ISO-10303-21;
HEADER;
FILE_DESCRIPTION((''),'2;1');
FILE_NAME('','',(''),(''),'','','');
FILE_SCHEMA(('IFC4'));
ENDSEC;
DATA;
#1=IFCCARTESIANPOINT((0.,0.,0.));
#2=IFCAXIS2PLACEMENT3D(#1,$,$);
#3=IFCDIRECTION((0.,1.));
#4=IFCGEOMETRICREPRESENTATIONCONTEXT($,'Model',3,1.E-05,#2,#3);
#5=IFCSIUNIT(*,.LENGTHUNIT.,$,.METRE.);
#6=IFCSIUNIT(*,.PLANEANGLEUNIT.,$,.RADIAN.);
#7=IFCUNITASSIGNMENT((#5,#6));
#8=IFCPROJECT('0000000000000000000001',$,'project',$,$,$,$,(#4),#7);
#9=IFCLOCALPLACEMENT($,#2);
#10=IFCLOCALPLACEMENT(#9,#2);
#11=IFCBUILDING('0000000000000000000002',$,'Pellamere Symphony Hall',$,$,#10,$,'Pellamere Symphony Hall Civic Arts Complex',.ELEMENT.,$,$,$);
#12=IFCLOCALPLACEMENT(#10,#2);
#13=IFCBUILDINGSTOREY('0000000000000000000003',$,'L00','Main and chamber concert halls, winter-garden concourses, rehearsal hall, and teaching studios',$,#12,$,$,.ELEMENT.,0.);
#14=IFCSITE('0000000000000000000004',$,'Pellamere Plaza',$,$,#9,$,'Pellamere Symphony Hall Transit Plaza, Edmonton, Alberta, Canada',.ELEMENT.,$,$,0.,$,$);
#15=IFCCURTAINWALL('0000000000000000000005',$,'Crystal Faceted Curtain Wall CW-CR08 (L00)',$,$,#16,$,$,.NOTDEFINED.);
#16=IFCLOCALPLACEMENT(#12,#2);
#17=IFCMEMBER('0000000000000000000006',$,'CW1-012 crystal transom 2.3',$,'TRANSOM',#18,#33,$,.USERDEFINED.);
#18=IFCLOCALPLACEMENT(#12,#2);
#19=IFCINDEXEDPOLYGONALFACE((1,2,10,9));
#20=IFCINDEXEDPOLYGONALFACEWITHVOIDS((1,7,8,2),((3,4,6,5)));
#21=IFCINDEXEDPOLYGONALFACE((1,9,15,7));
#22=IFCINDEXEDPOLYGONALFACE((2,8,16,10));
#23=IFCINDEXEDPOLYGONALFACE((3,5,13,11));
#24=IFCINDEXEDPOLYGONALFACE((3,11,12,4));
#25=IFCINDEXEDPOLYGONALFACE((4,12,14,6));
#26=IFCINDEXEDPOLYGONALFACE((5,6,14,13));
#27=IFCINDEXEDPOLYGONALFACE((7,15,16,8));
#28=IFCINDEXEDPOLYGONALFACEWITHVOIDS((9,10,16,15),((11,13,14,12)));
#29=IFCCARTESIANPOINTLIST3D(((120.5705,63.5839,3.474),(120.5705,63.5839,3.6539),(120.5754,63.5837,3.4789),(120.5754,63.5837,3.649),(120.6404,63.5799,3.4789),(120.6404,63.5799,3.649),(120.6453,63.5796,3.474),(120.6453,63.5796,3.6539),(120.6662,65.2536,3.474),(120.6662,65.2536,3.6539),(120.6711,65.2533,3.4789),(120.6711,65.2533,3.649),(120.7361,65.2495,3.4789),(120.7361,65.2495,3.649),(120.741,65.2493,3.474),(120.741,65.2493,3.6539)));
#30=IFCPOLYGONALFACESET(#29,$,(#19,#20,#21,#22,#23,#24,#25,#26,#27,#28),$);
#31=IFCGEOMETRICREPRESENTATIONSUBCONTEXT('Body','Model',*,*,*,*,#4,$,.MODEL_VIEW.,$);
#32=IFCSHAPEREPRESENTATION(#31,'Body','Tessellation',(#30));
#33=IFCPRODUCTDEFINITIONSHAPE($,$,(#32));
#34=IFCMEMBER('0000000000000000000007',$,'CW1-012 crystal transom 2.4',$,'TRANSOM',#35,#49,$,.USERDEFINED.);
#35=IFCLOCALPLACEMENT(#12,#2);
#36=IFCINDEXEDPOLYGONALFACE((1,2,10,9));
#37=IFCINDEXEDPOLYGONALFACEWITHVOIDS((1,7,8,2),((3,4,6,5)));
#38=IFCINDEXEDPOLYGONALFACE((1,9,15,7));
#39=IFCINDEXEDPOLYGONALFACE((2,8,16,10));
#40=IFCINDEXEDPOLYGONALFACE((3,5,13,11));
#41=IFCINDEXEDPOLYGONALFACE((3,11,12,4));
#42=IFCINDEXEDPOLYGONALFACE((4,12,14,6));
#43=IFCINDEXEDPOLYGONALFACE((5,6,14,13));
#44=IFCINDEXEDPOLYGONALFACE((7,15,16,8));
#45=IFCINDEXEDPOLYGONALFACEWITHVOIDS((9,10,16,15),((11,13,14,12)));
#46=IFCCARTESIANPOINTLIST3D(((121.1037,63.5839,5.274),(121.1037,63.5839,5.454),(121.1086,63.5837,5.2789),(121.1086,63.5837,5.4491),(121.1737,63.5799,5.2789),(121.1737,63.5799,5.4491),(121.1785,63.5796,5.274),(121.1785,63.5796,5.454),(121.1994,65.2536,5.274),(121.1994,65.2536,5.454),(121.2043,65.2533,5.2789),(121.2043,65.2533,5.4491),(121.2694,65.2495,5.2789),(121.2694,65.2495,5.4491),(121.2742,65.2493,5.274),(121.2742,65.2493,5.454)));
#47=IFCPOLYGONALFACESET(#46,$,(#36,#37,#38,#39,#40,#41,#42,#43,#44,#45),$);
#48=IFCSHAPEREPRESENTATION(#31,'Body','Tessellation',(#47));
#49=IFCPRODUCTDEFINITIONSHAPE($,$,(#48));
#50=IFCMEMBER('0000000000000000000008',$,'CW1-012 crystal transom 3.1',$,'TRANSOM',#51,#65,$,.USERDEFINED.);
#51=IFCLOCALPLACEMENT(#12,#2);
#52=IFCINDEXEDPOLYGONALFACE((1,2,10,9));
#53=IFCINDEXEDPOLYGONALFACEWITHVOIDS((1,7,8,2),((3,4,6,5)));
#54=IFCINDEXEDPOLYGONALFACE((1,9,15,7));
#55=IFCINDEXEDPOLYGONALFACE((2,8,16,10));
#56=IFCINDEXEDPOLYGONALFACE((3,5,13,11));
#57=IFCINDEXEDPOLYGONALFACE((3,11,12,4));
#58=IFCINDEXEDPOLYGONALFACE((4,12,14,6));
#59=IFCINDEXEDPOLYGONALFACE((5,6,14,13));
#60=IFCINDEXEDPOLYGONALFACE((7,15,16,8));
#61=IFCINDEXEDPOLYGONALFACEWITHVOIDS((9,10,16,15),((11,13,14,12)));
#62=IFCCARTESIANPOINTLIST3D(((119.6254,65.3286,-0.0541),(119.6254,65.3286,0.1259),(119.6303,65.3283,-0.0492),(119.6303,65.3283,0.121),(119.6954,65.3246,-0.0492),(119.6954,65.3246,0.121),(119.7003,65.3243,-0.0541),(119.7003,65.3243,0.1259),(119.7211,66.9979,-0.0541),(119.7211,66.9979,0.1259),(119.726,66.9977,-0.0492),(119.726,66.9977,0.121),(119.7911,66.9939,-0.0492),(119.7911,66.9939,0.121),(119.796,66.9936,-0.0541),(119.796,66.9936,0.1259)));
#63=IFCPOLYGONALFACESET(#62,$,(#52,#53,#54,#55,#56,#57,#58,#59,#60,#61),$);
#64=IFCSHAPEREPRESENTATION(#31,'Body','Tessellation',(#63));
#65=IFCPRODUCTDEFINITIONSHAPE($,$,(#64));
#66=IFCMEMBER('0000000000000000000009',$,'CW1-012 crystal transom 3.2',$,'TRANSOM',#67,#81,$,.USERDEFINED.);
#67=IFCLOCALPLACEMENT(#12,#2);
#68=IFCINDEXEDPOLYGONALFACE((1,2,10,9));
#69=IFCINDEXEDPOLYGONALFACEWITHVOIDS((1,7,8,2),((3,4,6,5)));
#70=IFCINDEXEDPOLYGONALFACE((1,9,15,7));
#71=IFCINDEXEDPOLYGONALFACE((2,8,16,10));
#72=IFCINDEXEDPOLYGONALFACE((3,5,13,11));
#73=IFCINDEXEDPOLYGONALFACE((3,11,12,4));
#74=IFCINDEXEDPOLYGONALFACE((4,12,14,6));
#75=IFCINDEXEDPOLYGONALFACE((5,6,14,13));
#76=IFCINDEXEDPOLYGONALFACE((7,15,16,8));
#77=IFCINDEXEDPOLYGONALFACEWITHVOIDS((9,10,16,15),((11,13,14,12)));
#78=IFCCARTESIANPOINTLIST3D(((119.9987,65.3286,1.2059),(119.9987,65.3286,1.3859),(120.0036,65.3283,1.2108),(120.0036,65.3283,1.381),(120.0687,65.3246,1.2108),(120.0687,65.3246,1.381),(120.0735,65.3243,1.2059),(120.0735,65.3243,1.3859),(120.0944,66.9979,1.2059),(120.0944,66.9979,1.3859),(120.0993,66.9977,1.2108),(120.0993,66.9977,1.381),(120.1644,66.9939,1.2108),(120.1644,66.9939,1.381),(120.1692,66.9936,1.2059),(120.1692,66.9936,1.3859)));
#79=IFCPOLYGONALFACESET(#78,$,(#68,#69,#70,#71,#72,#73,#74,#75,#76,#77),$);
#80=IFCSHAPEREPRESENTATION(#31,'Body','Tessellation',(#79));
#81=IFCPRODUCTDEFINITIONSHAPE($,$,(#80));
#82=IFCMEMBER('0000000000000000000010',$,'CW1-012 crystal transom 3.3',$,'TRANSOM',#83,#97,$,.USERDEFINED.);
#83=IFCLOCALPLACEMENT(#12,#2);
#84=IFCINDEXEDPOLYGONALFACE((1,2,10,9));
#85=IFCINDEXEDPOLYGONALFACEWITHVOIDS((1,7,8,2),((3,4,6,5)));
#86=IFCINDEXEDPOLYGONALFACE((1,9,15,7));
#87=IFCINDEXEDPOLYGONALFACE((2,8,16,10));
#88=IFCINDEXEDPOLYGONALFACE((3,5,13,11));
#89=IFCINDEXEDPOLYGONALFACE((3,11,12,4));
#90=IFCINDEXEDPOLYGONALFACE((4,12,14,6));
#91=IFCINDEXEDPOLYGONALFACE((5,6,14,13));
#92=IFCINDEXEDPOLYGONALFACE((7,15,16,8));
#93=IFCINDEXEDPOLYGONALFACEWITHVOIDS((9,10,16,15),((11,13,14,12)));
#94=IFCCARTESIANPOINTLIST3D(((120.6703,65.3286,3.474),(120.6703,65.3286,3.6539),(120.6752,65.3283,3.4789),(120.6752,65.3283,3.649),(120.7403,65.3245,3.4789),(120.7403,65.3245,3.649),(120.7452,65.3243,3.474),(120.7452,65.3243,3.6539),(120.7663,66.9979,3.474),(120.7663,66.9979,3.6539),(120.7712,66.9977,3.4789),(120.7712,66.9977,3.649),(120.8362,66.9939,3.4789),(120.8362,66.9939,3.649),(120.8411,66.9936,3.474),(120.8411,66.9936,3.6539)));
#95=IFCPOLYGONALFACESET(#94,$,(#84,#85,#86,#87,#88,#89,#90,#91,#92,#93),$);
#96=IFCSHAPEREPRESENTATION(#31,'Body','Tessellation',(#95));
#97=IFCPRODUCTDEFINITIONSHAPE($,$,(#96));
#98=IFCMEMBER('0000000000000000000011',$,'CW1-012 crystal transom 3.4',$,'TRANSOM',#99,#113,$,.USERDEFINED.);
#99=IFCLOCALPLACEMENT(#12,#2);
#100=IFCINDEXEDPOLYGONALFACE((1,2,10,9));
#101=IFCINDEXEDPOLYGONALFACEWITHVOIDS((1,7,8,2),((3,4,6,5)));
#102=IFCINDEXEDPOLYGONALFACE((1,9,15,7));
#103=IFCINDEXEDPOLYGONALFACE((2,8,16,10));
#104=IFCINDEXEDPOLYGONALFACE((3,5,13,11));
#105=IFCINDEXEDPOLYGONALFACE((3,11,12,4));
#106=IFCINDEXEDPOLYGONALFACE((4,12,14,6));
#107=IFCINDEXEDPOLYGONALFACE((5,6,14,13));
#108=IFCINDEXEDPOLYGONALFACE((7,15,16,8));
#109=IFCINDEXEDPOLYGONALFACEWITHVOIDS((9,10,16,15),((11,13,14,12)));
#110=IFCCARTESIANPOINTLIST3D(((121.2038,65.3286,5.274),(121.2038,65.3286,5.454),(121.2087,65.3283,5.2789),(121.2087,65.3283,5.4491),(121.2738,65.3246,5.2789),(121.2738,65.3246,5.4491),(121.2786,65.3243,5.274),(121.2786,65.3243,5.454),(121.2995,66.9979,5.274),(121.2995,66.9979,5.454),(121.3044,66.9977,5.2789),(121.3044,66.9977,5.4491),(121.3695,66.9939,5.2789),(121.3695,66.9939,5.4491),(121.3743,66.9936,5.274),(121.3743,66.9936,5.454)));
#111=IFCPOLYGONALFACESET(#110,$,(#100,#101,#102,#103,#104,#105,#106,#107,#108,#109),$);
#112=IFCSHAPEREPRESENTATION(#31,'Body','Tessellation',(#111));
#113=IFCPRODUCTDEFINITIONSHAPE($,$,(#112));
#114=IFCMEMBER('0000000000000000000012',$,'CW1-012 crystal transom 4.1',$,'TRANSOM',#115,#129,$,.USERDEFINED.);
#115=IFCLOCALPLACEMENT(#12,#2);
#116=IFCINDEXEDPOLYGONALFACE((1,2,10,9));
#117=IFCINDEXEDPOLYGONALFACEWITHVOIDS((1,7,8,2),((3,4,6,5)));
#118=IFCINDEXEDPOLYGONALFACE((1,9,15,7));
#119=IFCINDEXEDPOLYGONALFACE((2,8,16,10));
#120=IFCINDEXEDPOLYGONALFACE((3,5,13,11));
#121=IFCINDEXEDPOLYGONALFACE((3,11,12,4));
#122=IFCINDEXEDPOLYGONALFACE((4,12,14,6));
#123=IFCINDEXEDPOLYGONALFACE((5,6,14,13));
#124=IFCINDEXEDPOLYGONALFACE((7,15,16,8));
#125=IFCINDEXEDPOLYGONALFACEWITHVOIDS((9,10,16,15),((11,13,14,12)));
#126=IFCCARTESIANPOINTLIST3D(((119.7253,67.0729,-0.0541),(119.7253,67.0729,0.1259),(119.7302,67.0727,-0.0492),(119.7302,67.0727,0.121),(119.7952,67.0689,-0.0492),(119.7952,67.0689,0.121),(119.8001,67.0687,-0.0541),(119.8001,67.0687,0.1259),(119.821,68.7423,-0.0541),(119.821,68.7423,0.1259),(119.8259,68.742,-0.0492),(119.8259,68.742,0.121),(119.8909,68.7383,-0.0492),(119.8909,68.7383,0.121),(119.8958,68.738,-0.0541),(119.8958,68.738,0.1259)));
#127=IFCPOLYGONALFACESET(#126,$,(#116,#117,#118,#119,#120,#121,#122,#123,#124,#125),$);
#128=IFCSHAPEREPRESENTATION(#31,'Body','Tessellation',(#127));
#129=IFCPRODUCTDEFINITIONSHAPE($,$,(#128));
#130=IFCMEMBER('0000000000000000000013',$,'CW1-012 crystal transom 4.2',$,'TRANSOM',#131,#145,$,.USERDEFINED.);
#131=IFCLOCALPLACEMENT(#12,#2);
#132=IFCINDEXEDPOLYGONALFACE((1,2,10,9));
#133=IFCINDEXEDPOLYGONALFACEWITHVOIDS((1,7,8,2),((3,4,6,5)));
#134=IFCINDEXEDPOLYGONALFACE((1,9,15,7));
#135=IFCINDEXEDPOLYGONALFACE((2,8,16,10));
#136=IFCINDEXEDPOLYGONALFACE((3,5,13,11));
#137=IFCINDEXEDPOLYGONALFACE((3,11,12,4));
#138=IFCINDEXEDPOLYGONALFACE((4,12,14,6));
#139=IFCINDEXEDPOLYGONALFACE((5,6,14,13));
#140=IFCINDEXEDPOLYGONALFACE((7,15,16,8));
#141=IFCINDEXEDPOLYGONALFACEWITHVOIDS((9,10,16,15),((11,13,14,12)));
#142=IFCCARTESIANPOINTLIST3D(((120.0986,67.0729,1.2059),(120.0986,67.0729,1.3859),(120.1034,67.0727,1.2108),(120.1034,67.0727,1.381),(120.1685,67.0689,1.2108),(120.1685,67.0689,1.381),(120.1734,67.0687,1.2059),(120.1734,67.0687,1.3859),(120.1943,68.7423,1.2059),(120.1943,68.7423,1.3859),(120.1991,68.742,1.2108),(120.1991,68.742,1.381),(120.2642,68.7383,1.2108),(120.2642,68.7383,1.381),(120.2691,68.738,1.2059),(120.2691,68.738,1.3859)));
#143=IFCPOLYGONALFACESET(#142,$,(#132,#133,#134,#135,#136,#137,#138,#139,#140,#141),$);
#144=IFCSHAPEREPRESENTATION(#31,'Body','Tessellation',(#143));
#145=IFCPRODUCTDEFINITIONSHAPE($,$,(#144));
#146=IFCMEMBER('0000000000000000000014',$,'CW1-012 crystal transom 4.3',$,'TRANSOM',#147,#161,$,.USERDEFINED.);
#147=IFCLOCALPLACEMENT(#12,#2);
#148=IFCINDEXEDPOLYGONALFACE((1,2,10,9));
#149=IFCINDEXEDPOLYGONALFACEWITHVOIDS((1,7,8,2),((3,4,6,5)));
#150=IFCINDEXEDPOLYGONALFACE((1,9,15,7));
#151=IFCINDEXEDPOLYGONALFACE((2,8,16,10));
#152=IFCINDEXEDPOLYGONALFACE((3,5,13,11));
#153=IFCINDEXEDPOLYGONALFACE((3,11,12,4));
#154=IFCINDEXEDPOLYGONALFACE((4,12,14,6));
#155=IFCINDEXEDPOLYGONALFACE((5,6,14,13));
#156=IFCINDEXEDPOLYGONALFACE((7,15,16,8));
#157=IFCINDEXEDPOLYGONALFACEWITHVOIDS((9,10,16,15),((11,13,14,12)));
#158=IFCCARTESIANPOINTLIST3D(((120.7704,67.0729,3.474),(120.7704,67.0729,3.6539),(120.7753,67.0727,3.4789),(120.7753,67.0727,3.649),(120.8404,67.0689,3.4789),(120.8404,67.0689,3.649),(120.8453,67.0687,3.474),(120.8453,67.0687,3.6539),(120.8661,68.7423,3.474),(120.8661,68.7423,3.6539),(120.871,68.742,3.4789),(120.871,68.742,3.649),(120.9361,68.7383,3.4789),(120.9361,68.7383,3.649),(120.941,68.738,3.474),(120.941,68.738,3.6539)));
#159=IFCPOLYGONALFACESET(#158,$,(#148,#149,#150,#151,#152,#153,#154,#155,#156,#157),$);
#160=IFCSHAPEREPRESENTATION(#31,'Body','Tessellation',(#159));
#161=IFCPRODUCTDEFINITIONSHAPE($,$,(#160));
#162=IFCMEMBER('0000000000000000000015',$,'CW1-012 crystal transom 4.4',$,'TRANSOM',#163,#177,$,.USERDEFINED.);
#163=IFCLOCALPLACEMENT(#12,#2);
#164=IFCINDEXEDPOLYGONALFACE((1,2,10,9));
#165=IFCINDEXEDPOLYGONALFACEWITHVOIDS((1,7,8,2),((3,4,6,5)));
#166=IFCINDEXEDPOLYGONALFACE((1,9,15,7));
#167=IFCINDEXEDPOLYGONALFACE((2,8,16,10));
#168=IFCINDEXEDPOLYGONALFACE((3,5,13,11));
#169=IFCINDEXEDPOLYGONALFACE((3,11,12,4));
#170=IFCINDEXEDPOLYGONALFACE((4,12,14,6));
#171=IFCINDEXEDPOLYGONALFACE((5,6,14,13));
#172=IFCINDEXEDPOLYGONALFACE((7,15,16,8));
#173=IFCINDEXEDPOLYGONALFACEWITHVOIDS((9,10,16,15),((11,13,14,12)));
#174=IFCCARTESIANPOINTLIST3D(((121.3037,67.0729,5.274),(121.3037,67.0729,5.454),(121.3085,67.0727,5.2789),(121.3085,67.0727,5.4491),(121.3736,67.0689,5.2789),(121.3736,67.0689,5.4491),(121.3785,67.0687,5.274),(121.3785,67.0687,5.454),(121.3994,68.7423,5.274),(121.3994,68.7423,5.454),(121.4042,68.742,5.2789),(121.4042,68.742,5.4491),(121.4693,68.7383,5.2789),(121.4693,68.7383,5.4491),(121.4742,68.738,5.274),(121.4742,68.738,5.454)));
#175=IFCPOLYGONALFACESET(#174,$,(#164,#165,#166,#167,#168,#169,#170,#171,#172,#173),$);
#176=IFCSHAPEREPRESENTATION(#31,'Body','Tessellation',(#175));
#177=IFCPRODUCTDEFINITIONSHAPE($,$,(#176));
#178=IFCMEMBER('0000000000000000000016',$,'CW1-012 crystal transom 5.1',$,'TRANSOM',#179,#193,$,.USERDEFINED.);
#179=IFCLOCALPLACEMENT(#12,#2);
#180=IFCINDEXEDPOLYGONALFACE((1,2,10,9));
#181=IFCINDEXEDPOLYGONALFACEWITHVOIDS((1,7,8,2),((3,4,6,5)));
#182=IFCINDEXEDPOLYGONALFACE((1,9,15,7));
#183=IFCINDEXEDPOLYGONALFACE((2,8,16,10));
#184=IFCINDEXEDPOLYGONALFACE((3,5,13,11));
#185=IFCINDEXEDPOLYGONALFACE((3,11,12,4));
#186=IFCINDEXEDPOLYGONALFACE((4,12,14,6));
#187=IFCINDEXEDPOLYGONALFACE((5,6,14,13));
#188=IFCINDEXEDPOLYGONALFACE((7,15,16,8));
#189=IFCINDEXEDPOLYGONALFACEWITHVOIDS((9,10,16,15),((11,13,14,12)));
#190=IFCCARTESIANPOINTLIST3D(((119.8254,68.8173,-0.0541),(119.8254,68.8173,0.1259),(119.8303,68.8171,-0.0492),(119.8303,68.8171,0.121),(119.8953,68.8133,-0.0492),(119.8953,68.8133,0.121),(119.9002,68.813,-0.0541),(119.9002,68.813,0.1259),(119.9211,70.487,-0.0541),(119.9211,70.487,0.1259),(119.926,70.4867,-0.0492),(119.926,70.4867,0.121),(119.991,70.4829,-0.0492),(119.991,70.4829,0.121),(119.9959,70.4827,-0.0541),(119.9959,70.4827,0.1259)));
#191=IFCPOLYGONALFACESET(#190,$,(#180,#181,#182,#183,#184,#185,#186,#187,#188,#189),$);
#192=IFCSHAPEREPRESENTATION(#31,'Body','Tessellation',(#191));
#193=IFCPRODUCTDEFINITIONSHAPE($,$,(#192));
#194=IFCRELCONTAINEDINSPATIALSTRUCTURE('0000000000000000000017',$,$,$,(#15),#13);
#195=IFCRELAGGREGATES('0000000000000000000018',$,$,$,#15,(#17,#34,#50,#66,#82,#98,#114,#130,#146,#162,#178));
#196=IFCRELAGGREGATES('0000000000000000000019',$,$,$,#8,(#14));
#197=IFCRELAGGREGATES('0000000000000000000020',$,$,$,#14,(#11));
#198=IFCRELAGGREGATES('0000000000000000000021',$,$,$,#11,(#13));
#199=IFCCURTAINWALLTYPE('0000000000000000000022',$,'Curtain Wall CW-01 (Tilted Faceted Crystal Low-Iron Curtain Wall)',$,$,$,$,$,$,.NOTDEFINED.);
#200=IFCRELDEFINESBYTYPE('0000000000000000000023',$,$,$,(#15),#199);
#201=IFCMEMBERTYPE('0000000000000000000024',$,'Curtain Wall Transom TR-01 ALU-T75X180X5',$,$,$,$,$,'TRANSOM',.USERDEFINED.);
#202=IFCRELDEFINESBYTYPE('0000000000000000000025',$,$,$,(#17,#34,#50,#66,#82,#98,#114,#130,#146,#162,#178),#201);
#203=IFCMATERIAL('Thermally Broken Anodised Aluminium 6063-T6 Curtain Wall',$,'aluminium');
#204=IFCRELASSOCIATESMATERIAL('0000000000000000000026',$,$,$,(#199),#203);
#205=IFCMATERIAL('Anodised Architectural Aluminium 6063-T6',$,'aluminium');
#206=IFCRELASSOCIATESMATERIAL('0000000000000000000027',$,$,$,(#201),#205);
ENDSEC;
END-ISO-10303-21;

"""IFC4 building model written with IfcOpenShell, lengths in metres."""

from ifc_helpers import new_model, si_unit, direction, frame, origin, origin_2d, place, context, subcontext, project, spatial, hollow_rectangle, extrude, material, material_profile, profile_set, type_object, element, aggregate, save


model = new_model("IFC4")

# Units and contexts
model_context = context("Model", 3, precision=1e-05, world=origin(), true_north=direction((0.0, 1.0)))
body_context = subcontext(model_context, "Body", "Model", "MODEL_VIEW")
ifc_project = project(units=[si_unit("LENGTHUNIT", "METRE"), si_unit("PLANEANGLEUNIT", "RADIAN")], contexts=[model_context])

# Site, building, storey
site_placement = place(None, origin())
site = spatial("IfcSite", under=ifc_project, at=site_placement, Name="Pellamere Plaza", LongName="Pellamere Symphony Hall Transit Plaza, Edmonton, Alberta, Canada", CompositionType="ELEMENT", RefElevation=0.0)
building_placement = place(site_placement, origin())
building = spatial("IfcBuilding", under=site, at=building_placement, Name="Pellamere Symphony Hall", LongName="Pellamere Symphony Hall Civic Arts Complex", CompositionType="ELEMENT")
storey_placement = place(building_placement, origin())
storey = spatial("IfcBuildingStorey", under=building, at=storey_placement, Name="L00", Description="Main and chamber concert halls, winter-garden concourses, rehearsal hall, and teaching studios", CompositionType="ELEMENT", Elevation=0.0)

# Curtain wall, members
ifc_material_1 = material(Name="Thermally Broken Anodised Aluminium 6063-T6 Curtain Wall", Category="aluminium")
curtain_wall_type = type_object("IfcCurtainWallType", Name="Curtain Wall CW-01 (Tilted Faceted Crystal Low-Iron Curtain Wall)", PredefinedType="NOTDEFINED", material=ifc_material_1)
curtain_wall_placement = place(storey_placement, origin())
curtain_wall = element("IfcCurtainWall", 1, at=curtain_wall_placement, inside=storey, type_object=curtain_wall_type, Name="Crystal Faceted Curtain Wall CW-CR08 (L00)", PredefinedType="NOTDEFINED")
ifc_material_2 = material(Name="Anodised Architectural Aluminium 6063-T6", Category="aluminium")
ifc_material_profile_1 = material_profile(ifc_material_2, hollow_rectangle(XDim=0.075, YDim=0.1799, WallThickness=0.0049, at=origin_2d()), Name="ALU-T75X180X5")
ifc_profile_set_1 = profile_set([ifc_material_profile_1], Name="Anodised Architectural Aluminium 6063-T6")
member_type_1 = type_object("IfcMemberType", Name="Curtain Wall Transom TR-01 ALU-T75X180X5", ElementType="TRANSOM", PredefinedType="USERDEFINED", material=ifc_profile_set_1)
member_1_placement = place(storey_placement, frame((120.6079, 63.5818, 3.564), z_axis=(0.057224, 0.998361, 0.0), x_axis=(-0.998361, 0.057224, 0.0)))
member_1 = element("IfcMember", 2, at=member_1_placement, type_object=member_type_1, Name="CW1-012 crystal transom 2.3", ObjectType="TRANSOM", PredefinedType="USERDEFINED", context=body_context, shape_type="SweptSolid", body=[
    extrude(hollow_rectangle(XDim=0.075, YDim=0.1799, WallThickness=0.0049, at=origin_2d()), origin(), (0.0, 0.0, 1.0), 1.6724),
])
member_2_placement = place(storey_placement, frame((121.1411, 63.5818, 5.364), z_axis=(0.057224, 0.998361, 0.0), x_axis=(-0.998361, 0.057224, 0.0)))
member_2 = element("IfcMember", 3, at=member_2_placement, type_object=member_type_1, Name="CW1-012 crystal transom 2.4", ObjectType="TRANSOM", PredefinedType="USERDEFINED", context=body_context, shape_type="SweptSolid", body=[
    extrude(hollow_rectangle(XDim=0.075, YDim=0.1799, WallThickness=0.0049, at=origin_2d()), origin(), (0.0, 0.0, 1.0), 1.6724),
])
member_3_placement = place(storey_placement, frame((119.6628, 65.3264, 0.0359), z_axis=(0.057233, 0.998361, 0.0), x_axis=(-0.998361, 0.057233, 0.0)))
member_3 = element("IfcMember", 4, at=member_3_placement, type_object=member_type_1, Name="CW1-012 crystal transom 3.1", ObjectType="TRANSOM", PredefinedType="USERDEFINED", context=body_context, shape_type="SweptSolid", body=[
    extrude(hollow_rectangle(XDim=0.075, YDim=0.1799, WallThickness=0.0049, at=origin_2d()), origin(), (0.0, 0.0, 1.0), 1.6721),
])
member_4_placement = place(storey_placement, frame((120.0361, 65.3264, 1.2959), z_axis=(0.057233, 0.998361, 0.0), x_axis=(-0.998361, 0.057233, 0.0)))
member_4 = element("IfcMember", 5, at=member_4_placement, type_object=member_type_1, Name="CW1-012 crystal transom 3.2", ObjectType="TRANSOM", PredefinedType="USERDEFINED", context=body_context, shape_type="SweptSolid", body=[
    extrude(hollow_rectangle(XDim=0.075, YDim=0.1799, WallThickness=0.0049, at=origin_2d()), origin(), (0.0, 0.0, 1.0), 1.6721),
])
member_5_placement = place(storey_placement, frame((120.7078, 65.3264, 3.564), z_axis=(0.057378, 0.998353, 0.0), x_axis=(-0.998353, 0.057378, 0.0)))
member_5 = element("IfcMember", 6, at=member_5_placement, type_object=member_type_1, Name="CW1-012 crystal transom 3.3", ObjectType="TRANSOM", PredefinedType="USERDEFINED", context=body_context, shape_type="SweptSolid", body=[
    extrude(hollow_rectangle(XDim=0.075, YDim=0.1799, WallThickness=0.0049, at=origin_2d()), origin(), (0.0, 0.0, 1.0), 1.6721),
])
member_6_placement = place(storey_placement, frame((121.2412, 65.3264, 5.364), z_axis=(0.057233, 0.998361, 0.0), x_axis=(-0.998361, 0.057233, 0.0)))
member_6 = element("IfcMember", 7, at=member_6_placement, type_object=member_type_1, Name="CW1-012 crystal transom 3.4", ObjectType="TRANSOM", PredefinedType="USERDEFINED", context=body_context, shape_type="SweptSolid", body=[
    extrude(hollow_rectangle(XDim=0.075, YDim=0.1799, WallThickness=0.0049, at=origin_2d()), origin(), (0.0, 0.0, 1.0), 1.6721),
])
member_7_placement = place(storey_placement, frame((119.7627, 67.0708, 0.0359), z_axis=(0.057233, 0.998361, 0.0), x_axis=(-0.998361, 0.057233, 0.0)))
member_7 = element("IfcMember", 8, at=member_7_placement, type_object=member_type_1, Name="CW1-012 crystal transom 4.1", ObjectType="TRANSOM", PredefinedType="USERDEFINED", context=body_context, shape_type="SweptSolid", body=[
    extrude(hollow_rectangle(XDim=0.075, YDim=0.1799, WallThickness=0.0049, at=origin_2d()), origin(), (0.0, 0.0, 1.0), 1.6721),
])
member_8_placement = place(storey_placement, frame((120.136, 67.0708, 1.2959), z_axis=(0.057233, 0.998361, 0.0), x_axis=(-0.998361, 0.057233, 0.0)))
member_8 = element("IfcMember", 9, at=member_8_placement, type_object=member_type_1, Name="CW1-012 crystal transom 4.2", ObjectType="TRANSOM", PredefinedType="USERDEFINED", context=body_context, shape_type="SweptSolid", body=[
    extrude(hollow_rectangle(XDim=0.075, YDim=0.1799, WallThickness=0.0049, at=origin_2d()), origin(), (0.0, 0.0, 1.0), 1.6721),
])
member_9_placement = place(storey_placement, frame((120.8079, 67.0708, 3.564), z_axis=(0.057233, 0.998361, 0.0), x_axis=(-0.998361, 0.057233, 0.0)))
member_9 = element("IfcMember", 10, at=member_9_placement, type_object=member_type_1, Name="CW1-012 crystal transom 4.3", ObjectType="TRANSOM", PredefinedType="USERDEFINED", context=body_context, shape_type="SweptSolid", body=[
    extrude(hollow_rectangle(XDim=0.075, YDim=0.1799, WallThickness=0.0049, at=origin_2d()), origin(), (0.0, 0.0, 1.0), 1.6721),
])
member_10_placement = place(storey_placement, frame((121.3411, 67.0708, 5.364), z_axis=(0.057233, 0.998361, 0.0), x_axis=(-0.998361, 0.057233, 0.0)))
member_10 = element("IfcMember", 11, at=member_10_placement, type_object=member_type_1, Name="CW1-012 crystal transom 4.4", ObjectType="TRANSOM", PredefinedType="USERDEFINED", context=body_context, shape_type="SweptSolid", body=[
    extrude(hollow_rectangle(XDim=0.075, YDim=0.1799, WallThickness=0.0049, at=origin_2d()), origin(), (0.0, 0.0, 1.0), 1.6721),
])
member_11_placement = place(storey_placement, frame((119.8628, 68.8152, 0.0359), z_axis=(0.057224, 0.998361, 0.0), x_axis=(-0.998361, 0.057224, 0.0)))
member_11 = element("IfcMember", 12, at=member_11_placement, type_object=member_type_1, Name="CW1-012 crystal transom 5.1", ObjectType="TRANSOM", PredefinedType="USERDEFINED", context=body_context, shape_type="SweptSolid", body=[
    extrude(hollow_rectangle(XDim=0.075, YDim=0.1799, WallThickness=0.0049, at=origin_2d()), origin(), (0.0, 0.0, 1.0), 1.6724),
])

aggregate(curtain_wall, [member_1, member_2, member_3, member_4, member_5, member_6, member_7, member_8, member_9, member_10, member_11])

save(model, "model.ifc")
